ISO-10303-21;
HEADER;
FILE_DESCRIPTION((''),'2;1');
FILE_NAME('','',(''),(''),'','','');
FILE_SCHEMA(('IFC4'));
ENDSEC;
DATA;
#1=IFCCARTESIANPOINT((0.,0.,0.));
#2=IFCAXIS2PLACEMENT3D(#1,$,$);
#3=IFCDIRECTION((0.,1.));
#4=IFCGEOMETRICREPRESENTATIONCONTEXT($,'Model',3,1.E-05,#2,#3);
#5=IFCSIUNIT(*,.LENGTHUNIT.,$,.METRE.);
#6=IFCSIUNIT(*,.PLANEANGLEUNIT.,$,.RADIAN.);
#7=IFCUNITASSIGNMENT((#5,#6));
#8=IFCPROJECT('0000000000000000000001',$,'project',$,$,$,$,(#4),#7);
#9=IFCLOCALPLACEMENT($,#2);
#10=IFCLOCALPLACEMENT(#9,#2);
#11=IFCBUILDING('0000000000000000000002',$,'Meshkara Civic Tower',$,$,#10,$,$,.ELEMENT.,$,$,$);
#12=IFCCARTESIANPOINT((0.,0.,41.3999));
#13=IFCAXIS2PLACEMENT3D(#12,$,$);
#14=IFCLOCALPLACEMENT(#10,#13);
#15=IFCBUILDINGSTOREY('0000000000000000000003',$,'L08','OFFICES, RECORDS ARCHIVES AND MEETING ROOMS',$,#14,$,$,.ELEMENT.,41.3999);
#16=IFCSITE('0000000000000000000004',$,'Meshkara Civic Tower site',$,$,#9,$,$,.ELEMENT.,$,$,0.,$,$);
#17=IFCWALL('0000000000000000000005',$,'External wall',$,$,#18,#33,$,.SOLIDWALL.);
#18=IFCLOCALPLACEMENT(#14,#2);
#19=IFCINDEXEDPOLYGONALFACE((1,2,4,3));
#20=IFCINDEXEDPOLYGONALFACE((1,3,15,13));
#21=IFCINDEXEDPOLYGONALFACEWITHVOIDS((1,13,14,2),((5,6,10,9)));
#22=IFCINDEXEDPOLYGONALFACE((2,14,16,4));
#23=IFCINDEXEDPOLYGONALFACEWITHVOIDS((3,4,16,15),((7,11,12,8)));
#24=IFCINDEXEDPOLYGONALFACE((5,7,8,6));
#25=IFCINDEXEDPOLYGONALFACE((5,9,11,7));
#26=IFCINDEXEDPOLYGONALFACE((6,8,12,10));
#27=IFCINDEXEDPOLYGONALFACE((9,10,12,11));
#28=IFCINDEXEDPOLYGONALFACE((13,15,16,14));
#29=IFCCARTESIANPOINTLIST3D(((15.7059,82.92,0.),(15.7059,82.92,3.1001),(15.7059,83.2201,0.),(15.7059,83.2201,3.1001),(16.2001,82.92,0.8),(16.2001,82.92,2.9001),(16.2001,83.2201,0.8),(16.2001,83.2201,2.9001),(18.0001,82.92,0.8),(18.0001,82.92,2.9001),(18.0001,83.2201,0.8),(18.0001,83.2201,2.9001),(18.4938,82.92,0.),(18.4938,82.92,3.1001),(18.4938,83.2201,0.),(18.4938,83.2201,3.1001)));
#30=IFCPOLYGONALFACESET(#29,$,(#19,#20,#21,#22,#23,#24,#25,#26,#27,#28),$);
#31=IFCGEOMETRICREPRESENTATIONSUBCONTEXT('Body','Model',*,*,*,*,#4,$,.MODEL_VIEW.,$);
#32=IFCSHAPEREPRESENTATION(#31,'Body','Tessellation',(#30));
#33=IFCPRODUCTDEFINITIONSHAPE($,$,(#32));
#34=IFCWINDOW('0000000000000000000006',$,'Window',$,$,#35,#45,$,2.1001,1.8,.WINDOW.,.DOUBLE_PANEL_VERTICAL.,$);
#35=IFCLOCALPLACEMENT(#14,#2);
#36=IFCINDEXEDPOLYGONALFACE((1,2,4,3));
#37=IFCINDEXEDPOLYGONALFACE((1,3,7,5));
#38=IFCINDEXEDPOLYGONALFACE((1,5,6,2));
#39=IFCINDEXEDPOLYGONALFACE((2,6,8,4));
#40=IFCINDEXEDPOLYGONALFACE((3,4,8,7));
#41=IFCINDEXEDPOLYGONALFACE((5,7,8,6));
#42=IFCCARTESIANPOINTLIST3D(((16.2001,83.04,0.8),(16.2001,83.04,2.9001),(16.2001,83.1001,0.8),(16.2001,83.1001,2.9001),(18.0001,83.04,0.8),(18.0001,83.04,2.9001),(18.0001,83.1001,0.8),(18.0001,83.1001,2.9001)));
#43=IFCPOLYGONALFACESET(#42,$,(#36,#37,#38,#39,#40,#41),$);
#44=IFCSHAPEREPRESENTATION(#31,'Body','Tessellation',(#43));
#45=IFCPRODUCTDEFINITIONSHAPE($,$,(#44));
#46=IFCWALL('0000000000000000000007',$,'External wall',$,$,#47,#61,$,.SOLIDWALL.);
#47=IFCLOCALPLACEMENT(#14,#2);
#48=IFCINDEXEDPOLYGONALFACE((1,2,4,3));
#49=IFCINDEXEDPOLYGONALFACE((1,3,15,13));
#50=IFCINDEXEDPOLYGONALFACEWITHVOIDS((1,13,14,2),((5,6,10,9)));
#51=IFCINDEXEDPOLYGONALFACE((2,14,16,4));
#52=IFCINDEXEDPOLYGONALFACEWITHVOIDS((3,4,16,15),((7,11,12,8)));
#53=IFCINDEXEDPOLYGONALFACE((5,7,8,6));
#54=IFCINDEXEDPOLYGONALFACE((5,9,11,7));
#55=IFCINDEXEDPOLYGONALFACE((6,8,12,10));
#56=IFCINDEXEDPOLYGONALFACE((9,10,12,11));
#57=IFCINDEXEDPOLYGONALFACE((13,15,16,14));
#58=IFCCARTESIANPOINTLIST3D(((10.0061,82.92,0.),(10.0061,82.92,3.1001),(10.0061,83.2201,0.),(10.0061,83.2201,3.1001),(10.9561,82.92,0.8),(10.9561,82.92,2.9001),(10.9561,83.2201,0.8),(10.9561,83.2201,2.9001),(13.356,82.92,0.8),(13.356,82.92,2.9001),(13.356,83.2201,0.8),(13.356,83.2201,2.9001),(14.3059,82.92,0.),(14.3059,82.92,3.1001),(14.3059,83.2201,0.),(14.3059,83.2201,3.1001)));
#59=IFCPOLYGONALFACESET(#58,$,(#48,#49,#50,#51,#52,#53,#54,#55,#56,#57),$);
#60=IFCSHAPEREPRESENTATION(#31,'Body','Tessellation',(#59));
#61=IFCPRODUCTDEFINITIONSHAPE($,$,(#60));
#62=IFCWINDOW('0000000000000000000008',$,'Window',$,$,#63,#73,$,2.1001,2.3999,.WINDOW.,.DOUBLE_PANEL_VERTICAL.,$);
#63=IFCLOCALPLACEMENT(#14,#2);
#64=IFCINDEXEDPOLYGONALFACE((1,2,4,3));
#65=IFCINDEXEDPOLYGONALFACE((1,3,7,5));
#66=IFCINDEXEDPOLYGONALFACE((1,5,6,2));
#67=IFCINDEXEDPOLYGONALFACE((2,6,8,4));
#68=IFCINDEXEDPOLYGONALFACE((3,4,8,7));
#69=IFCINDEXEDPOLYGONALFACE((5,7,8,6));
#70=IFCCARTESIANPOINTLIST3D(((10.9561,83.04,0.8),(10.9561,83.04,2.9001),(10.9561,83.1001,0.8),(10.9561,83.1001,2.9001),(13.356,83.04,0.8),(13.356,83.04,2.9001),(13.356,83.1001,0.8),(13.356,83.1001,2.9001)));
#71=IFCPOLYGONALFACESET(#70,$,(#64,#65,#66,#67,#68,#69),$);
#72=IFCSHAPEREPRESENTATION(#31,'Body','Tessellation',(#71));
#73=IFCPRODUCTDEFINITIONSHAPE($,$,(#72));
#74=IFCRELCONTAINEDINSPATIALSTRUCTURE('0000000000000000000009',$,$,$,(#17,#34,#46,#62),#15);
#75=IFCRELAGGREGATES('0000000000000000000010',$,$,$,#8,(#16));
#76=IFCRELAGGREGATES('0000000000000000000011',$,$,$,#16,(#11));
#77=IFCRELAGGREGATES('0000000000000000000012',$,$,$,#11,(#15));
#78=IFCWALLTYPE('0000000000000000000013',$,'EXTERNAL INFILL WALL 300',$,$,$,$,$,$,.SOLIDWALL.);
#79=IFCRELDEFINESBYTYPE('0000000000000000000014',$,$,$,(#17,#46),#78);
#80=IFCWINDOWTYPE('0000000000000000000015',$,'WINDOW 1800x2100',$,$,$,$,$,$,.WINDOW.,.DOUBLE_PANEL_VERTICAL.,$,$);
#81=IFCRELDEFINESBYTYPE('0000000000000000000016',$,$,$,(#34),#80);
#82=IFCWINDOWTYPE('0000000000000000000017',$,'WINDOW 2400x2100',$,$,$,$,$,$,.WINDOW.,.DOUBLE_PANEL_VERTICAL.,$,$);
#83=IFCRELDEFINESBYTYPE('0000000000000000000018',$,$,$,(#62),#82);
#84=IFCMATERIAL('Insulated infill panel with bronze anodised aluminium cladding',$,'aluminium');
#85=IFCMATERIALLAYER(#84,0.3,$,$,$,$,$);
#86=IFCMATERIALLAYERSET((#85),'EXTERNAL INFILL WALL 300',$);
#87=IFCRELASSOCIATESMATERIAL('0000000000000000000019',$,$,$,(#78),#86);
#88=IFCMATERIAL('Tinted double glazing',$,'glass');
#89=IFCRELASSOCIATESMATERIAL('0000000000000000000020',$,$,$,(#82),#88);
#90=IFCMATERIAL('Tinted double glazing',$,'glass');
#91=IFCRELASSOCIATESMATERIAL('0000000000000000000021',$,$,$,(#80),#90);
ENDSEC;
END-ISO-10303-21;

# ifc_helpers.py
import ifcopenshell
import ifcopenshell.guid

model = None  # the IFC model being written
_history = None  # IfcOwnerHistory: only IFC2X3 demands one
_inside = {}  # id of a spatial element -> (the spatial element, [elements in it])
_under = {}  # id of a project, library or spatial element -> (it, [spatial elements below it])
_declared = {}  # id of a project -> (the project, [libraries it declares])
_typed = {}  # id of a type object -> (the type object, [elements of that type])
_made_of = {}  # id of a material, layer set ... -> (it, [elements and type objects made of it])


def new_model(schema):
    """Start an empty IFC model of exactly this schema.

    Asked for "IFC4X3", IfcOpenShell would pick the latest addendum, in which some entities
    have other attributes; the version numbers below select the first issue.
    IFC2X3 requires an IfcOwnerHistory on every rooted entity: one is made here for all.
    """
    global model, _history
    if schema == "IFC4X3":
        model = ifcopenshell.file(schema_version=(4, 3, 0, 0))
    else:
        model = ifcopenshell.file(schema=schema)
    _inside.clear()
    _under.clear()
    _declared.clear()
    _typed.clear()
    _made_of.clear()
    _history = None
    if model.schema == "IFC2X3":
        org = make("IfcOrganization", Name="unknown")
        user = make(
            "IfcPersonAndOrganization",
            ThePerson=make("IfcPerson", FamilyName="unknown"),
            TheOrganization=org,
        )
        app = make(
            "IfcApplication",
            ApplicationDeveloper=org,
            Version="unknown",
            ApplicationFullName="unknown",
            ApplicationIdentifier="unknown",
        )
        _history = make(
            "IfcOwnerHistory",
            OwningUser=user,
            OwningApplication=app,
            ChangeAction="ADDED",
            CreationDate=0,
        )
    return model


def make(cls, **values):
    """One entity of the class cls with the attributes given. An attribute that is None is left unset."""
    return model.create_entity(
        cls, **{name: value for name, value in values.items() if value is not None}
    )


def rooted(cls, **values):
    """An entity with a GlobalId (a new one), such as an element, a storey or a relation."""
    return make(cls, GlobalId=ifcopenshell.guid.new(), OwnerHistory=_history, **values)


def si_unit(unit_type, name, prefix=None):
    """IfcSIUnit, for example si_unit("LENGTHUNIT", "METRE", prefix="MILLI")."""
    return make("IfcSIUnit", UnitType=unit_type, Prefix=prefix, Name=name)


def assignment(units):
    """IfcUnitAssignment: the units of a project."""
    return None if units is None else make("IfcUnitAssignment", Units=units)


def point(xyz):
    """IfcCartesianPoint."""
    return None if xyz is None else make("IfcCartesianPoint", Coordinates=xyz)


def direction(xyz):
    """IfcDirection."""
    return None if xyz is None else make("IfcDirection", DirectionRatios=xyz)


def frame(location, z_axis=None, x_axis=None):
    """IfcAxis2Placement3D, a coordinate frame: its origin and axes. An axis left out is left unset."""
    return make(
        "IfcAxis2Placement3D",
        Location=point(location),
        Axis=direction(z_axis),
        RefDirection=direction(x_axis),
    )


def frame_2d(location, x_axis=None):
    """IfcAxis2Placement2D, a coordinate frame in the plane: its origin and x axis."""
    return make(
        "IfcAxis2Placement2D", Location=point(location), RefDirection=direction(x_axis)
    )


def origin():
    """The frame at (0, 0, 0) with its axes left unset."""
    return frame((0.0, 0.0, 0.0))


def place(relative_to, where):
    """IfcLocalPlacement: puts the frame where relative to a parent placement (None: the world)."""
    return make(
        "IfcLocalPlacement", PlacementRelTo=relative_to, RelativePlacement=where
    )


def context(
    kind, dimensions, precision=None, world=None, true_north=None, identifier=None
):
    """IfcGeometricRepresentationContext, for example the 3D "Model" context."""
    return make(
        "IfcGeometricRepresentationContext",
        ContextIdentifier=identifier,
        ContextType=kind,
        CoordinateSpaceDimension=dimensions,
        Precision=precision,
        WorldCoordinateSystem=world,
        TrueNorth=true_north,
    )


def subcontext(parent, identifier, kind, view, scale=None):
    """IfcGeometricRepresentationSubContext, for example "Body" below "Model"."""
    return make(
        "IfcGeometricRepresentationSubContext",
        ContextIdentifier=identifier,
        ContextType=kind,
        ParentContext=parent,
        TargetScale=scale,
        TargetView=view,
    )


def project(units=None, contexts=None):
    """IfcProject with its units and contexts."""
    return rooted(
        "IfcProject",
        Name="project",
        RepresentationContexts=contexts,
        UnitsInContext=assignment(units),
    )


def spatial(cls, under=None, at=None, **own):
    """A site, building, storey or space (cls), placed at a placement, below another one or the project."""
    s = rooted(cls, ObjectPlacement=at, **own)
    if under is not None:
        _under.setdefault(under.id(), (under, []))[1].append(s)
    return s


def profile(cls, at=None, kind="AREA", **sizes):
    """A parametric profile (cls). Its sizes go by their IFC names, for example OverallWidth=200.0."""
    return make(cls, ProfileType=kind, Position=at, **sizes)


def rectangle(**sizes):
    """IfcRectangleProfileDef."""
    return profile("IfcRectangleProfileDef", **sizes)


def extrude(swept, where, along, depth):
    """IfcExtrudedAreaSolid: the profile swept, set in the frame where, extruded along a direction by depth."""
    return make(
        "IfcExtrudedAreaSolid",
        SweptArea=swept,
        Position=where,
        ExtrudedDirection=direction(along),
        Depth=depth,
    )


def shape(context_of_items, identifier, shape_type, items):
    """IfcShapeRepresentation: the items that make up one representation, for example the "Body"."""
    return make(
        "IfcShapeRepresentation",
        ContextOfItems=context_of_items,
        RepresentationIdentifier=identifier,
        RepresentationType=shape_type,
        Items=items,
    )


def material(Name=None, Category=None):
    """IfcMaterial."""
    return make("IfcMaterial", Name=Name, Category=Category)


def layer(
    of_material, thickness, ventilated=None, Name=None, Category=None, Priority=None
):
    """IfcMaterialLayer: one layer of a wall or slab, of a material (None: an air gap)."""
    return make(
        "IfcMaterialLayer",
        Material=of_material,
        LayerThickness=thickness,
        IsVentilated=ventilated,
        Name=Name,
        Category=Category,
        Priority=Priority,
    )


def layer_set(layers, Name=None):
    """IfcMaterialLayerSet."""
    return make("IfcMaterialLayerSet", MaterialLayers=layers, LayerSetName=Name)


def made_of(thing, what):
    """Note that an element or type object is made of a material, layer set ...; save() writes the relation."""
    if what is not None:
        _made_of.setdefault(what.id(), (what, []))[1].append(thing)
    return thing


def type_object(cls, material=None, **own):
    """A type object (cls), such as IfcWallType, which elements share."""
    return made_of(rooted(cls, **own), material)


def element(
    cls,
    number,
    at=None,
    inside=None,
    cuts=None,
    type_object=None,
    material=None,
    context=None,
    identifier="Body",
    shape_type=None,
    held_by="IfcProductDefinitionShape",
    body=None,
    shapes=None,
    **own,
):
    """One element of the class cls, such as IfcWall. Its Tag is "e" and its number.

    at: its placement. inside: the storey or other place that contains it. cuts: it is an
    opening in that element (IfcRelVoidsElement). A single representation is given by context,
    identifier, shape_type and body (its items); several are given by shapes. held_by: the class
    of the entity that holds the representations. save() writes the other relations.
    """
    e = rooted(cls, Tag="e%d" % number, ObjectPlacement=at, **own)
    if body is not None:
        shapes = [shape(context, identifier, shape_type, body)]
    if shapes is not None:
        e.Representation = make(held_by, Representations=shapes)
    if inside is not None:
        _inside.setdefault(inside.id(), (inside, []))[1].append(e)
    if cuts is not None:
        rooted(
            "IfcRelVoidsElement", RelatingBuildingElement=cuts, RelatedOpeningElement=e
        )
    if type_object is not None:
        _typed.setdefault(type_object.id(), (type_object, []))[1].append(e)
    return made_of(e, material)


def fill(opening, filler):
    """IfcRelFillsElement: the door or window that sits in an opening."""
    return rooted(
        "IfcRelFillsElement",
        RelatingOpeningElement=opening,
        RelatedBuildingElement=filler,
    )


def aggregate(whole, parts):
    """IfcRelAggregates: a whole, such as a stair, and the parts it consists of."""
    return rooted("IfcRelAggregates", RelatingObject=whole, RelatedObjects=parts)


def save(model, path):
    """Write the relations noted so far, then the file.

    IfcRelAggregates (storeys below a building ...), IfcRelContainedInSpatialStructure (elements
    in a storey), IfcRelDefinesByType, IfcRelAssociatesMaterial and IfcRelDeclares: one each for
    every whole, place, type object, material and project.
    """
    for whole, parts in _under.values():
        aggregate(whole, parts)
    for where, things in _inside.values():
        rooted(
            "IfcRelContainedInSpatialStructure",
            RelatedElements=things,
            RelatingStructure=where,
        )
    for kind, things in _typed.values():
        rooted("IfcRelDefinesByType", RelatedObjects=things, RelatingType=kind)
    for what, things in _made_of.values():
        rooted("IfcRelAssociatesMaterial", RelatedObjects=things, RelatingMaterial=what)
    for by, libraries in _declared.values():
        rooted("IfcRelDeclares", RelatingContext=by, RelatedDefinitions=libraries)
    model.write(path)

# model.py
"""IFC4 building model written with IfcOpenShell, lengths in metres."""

from ifc_helpers import new_model, si_unit, direction, frame, frame_2d, origin, place, context, subcontext, project, spatial, rectangle, extrude, material, layer, layer_set, type_object, element, fill, save


model = new_model("IFC4")

# Units and contexts
model_context = context("Model", 3, precision=1e-05, world=origin(), true_north=direction((0.0, 1.0)))
body_context = subcontext(model_context, "Body", "Model", "MODEL_VIEW")
ifc_project = project(units=[si_unit("LENGTHUNIT", "METRE"), si_unit("PLANEANGLEUNIT", "RADIAN")], contexts=[model_context])

# Site, building, storey
site_placement = place(None, origin())
site = spatial("IfcSite", under=ifc_project, at=site_placement, Name="Meshkara Civic Tower site", CompositionType="ELEMENT", RefElevation=0.0)
building_placement = place(site_placement, origin())
building = spatial("IfcBuilding", under=site, at=building_placement, Name="Meshkara Civic Tower", CompositionType="ELEMENT")
storey_placement = place(building_placement, frame((0.0, 0.0, 41.3999)))
storey = spatial("IfcBuildingStorey", under=building, at=storey_placement, Name="L08", Description="OFFICES, RECORDS ARCHIVES AND MEETING ROOMS", CompositionType="ELEMENT", Elevation=41.3999)

# Walls, openings, windows
ifc_material_1 = material(Name="Insulated infill panel with bronze anodised aluminium cladding", Category="aluminium")
ifc_layer = layer(ifc_material_1, 0.3)
ifc_layer_set = layer_set([ifc_layer], Name="EXTERNAL INFILL WALL 300")
wall_type = type_object("IfcWallType", Name="EXTERNAL INFILL WALL 300", PredefinedType="SOLIDWALL", material=ifc_layer_set)
ifc_material_2 = material(Name="Tinted double glazing", Category="glass")
window_type_1 = type_object("IfcWindowType", Name="WINDOW 2400x2100", PartitioningType="DOUBLE_PANEL_VERTICAL", PredefinedType="WINDOW", material=ifc_material_2)
ifc_material_3 = material(Name="Tinted double glazing", Category="glass")
window_type_2 = type_object("IfcWindowType", Name="WINDOW 1800x2100", PartitioningType="DOUBLE_PANEL_VERTICAL", PredefinedType="WINDOW", material=ifc_material_3)
wall_1_placement = place(storey_placement, frame((18.4939, 83.0701, 0.0), z_axis=(0.0, 0.0, 1.0), x_axis=(-1.0, 0.0, 0.0)))
wall_1 = element("IfcWall", 1, at=wall_1_placement, inside=storey, type_object=wall_type, Name="External wall", PredefinedType="SOLIDWALL", context=body_context, shape_type="SweptSolid", body=[
    extrude(rectangle(XDim=2.7878, YDim=0.3, at=frame_2d((1.394, 0.0))), origin(), (0.0, 0.0, 1.0), 3.1001),
])
opening_1_placement = place(wall_1_placement, frame((0.4939, 0.0, 0.8)))
opening_1 = element("IfcOpeningElement", 2, at=opening_1_placement, cuts=wall_1, PredefinedType="OPENING", context=body_context, shape_type="SweptSolid", body=[
    extrude(rectangle(XDim=1.8, YDim=2.1001, at=frame_2d((0.8999, 1.05))), frame((0.0, 0.1599, 0.0), z_axis=(0.0, -1.0, 0.0), x_axis=(1.0, 0.0, 0.0)), (0.0, 0.0, 1.0), 0.3201),
])
window_1_placement = place(opening_1_placement, origin())
window_1 = element("IfcWindow", 3, at=window_1_placement, inside=storey, type_object=window_type_2, Name="Window", OverallHeight=2.1001, OverallWidth=1.8, PartitioningType="DOUBLE_PANEL_VERTICAL", PredefinedType="WINDOW", context=body_context, shape_type="SweptSolid", body=[
    extrude(rectangle(XDim=1.8, YDim=2.1001, at=frame_2d((0.8999, 1.05))), frame((0.0, 0.03, 0.0), z_axis=(0.0, -1.0, 0.0), x_axis=(1.0, 0.0, 0.0)), (0.0, 0.0, 1.0), 0.0601),
])
fill(opening_1, window_1)
wall_2_placement = place(storey_placement, frame((14.3059, 83.0701, 0.0), z_axis=(0.0, 0.0, 1.0), x_axis=(-1.0, 0.0, 0.0)))
wall_2 = element("IfcWall", 4, at=wall_2_placement, inside=storey, type_object=wall_type, Name="External wall", PredefinedType="SOLIDWALL", context=body_context, shape_type="SweptSolid", body=[
    extrude(rectangle(XDim=4.2998, YDim=0.3, at=frame_2d((2.1499, 0.0))), origin(), (0.0, 0.0, 1.0), 3.1001),
])
opening_2_placement = place(wall_2_placement, frame((0.95, 0.0, 0.8)))
opening_2 = element("IfcOpeningElement", 5, at=opening_2_placement, cuts=wall_2, PredefinedType="OPENING", context=body_context, shape_type="SweptSolid", body=[
    extrude(rectangle(XDim=2.3999, YDim=2.1001, at=frame_2d((1.2, 1.05))), frame((0.0, 0.1599, 0.0), z_axis=(0.0, -1.0, 0.0), x_axis=(1.0, 0.0, 0.0)), (0.0, 0.0, 1.0), 0.3201),
])
window_2_placement = place(opening_2_placement, origin())
window_2 = element("IfcWindow", 6, at=window_2_placement, inside=storey, type_object=window_type_1, Name="Window", OverallHeight=2.1001, OverallWidth=2.3999, PartitioningType="DOUBLE_PANEL_VERTICAL", PredefinedType="WINDOW", context=body_context, shape_type="SweptSolid", body=[
    extrude(rectangle(XDim=2.3999, YDim=2.1001, at=frame_2d((1.2, 1.05))), frame((0.0, 0.03, 0.0), z_axis=(0.0, -1.0, 0.0), x_axis=(1.0, 0.0, 0.0)), (0.0, 0.0, 1.0), 0.0601),
])
fill(opening_2, window_2)

save(model, "model.ifc")
